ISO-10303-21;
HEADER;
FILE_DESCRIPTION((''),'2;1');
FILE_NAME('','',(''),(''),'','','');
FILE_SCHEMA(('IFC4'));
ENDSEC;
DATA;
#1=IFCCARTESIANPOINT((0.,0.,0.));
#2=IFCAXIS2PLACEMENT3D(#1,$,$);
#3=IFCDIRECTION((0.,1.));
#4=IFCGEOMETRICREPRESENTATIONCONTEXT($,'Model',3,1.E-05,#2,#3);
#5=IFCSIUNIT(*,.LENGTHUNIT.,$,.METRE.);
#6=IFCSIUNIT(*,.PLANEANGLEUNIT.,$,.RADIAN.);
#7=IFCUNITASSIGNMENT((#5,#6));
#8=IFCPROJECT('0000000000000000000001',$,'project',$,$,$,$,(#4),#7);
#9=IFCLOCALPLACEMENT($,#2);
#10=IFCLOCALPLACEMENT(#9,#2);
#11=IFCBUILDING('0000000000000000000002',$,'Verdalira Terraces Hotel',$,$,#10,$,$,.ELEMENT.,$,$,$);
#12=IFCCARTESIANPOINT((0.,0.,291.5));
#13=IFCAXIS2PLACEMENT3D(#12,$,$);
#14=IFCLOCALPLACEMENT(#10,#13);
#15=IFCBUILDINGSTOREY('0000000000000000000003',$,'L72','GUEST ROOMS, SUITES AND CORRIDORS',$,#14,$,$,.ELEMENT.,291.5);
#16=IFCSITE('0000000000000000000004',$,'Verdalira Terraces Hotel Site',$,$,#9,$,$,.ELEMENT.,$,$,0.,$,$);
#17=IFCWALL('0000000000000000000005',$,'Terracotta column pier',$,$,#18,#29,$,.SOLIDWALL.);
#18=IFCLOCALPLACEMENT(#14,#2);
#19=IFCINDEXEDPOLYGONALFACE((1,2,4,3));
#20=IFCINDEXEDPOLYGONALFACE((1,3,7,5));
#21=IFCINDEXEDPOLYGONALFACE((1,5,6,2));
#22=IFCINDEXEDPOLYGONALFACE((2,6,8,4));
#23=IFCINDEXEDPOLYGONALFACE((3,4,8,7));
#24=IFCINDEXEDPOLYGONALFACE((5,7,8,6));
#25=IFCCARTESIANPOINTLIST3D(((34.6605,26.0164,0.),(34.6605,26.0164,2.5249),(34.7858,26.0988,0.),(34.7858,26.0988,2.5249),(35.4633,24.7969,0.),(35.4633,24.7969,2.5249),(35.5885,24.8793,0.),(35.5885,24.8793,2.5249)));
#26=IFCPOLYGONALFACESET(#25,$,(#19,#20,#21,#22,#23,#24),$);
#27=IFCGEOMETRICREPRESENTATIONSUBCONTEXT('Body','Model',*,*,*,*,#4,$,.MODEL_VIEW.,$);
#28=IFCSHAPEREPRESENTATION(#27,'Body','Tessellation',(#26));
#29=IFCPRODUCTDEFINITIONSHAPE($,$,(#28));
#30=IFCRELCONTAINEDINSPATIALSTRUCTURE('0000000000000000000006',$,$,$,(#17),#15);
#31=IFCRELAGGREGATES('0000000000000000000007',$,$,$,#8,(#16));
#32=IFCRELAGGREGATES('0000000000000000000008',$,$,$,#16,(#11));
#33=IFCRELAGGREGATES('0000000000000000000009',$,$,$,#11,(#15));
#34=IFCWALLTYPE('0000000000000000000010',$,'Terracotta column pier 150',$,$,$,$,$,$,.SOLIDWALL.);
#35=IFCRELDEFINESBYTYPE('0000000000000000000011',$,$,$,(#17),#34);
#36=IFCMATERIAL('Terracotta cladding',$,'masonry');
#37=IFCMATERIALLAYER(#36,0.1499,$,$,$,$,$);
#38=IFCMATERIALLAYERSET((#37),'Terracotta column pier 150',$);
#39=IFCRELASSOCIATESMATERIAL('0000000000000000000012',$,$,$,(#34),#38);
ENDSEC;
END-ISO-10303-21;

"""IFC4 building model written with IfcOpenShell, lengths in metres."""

from ifc_helpers import new_model, si_unit, direction, frame, frame_2d, origin, place, context, subcontext, project, spatial, rectangle, extrude, material, layer, layer_set, type_object, element, save


model = new_model("IFC4")

# Units and contexts
model_context = context("Model", 3, precision=1e-05, world=origin(), true_north=direction((0.0, 1.0)))
body_context = subcontext(model_context, "Body", "Model", "MODEL_VIEW")
ifc_project = project(units=[si_unit("LENGTHUNIT", "METRE"), si_unit("PLANEANGLEUNIT", "RADIAN")], contexts=[model_context])

# Site, building, storey
site_placement = place(None, origin())
site = spatial("IfcSite", under=ifc_project, at=site_placement, Name="Verdalira Terraces Hotel Site", CompositionType="ELEMENT", RefElevation=0.0)
building_placement = place(site_placement, origin())
building = spatial("IfcBuilding", under=site, at=building_placement, Name="Verdalira Terraces Hotel", CompositionType="ELEMENT")
storey_placement = place(building_placement, frame((0.0, 0.0, 291.5)))
storey = spatial("IfcBuildingStorey", under=building, at=storey_placement, Name="L72", Description="GUEST ROOMS, SUITES AND CORRIDORS", CompositionType="ELEMENT", Elevation=291.5)

# Wall
ifc_material_1 = material(Name="Terracotta cladding", Category="masonry")
ifc_layer_1 = layer(ifc_material_1, 0.1499)
ifc_layer_set_1 = layer_set([ifc_layer_1], Name="Terracotta column pier 150")
wall_type_1 = type_object("IfcWallType", Name="Terracotta column pier 150", PredefinedType="SOLIDWALL", material=ifc_layer_set_1)
wall_1_placement = place(storey_placement, frame((35.5259, 24.8381, 0.0), z_axis=(0.0, 0.0, 1.0), x_axis=(-0.549828, 0.835278, 0.0)))
element("IfcWall", 1, at=wall_1_placement, inside=storey, type_object=wall_type_1, Name="Terracotta column pier", PredefinedType="SOLIDWALL", context=body_context, shape_type="SweptSolid", body=[
    extrude(rectangle(XDim=1.46, YDim=0.1499, at=frame_2d((0.73, 0.0))), origin(), (0.0, 0.0, 1.0), 2.5249),
])

save(model, "model.ifc")
